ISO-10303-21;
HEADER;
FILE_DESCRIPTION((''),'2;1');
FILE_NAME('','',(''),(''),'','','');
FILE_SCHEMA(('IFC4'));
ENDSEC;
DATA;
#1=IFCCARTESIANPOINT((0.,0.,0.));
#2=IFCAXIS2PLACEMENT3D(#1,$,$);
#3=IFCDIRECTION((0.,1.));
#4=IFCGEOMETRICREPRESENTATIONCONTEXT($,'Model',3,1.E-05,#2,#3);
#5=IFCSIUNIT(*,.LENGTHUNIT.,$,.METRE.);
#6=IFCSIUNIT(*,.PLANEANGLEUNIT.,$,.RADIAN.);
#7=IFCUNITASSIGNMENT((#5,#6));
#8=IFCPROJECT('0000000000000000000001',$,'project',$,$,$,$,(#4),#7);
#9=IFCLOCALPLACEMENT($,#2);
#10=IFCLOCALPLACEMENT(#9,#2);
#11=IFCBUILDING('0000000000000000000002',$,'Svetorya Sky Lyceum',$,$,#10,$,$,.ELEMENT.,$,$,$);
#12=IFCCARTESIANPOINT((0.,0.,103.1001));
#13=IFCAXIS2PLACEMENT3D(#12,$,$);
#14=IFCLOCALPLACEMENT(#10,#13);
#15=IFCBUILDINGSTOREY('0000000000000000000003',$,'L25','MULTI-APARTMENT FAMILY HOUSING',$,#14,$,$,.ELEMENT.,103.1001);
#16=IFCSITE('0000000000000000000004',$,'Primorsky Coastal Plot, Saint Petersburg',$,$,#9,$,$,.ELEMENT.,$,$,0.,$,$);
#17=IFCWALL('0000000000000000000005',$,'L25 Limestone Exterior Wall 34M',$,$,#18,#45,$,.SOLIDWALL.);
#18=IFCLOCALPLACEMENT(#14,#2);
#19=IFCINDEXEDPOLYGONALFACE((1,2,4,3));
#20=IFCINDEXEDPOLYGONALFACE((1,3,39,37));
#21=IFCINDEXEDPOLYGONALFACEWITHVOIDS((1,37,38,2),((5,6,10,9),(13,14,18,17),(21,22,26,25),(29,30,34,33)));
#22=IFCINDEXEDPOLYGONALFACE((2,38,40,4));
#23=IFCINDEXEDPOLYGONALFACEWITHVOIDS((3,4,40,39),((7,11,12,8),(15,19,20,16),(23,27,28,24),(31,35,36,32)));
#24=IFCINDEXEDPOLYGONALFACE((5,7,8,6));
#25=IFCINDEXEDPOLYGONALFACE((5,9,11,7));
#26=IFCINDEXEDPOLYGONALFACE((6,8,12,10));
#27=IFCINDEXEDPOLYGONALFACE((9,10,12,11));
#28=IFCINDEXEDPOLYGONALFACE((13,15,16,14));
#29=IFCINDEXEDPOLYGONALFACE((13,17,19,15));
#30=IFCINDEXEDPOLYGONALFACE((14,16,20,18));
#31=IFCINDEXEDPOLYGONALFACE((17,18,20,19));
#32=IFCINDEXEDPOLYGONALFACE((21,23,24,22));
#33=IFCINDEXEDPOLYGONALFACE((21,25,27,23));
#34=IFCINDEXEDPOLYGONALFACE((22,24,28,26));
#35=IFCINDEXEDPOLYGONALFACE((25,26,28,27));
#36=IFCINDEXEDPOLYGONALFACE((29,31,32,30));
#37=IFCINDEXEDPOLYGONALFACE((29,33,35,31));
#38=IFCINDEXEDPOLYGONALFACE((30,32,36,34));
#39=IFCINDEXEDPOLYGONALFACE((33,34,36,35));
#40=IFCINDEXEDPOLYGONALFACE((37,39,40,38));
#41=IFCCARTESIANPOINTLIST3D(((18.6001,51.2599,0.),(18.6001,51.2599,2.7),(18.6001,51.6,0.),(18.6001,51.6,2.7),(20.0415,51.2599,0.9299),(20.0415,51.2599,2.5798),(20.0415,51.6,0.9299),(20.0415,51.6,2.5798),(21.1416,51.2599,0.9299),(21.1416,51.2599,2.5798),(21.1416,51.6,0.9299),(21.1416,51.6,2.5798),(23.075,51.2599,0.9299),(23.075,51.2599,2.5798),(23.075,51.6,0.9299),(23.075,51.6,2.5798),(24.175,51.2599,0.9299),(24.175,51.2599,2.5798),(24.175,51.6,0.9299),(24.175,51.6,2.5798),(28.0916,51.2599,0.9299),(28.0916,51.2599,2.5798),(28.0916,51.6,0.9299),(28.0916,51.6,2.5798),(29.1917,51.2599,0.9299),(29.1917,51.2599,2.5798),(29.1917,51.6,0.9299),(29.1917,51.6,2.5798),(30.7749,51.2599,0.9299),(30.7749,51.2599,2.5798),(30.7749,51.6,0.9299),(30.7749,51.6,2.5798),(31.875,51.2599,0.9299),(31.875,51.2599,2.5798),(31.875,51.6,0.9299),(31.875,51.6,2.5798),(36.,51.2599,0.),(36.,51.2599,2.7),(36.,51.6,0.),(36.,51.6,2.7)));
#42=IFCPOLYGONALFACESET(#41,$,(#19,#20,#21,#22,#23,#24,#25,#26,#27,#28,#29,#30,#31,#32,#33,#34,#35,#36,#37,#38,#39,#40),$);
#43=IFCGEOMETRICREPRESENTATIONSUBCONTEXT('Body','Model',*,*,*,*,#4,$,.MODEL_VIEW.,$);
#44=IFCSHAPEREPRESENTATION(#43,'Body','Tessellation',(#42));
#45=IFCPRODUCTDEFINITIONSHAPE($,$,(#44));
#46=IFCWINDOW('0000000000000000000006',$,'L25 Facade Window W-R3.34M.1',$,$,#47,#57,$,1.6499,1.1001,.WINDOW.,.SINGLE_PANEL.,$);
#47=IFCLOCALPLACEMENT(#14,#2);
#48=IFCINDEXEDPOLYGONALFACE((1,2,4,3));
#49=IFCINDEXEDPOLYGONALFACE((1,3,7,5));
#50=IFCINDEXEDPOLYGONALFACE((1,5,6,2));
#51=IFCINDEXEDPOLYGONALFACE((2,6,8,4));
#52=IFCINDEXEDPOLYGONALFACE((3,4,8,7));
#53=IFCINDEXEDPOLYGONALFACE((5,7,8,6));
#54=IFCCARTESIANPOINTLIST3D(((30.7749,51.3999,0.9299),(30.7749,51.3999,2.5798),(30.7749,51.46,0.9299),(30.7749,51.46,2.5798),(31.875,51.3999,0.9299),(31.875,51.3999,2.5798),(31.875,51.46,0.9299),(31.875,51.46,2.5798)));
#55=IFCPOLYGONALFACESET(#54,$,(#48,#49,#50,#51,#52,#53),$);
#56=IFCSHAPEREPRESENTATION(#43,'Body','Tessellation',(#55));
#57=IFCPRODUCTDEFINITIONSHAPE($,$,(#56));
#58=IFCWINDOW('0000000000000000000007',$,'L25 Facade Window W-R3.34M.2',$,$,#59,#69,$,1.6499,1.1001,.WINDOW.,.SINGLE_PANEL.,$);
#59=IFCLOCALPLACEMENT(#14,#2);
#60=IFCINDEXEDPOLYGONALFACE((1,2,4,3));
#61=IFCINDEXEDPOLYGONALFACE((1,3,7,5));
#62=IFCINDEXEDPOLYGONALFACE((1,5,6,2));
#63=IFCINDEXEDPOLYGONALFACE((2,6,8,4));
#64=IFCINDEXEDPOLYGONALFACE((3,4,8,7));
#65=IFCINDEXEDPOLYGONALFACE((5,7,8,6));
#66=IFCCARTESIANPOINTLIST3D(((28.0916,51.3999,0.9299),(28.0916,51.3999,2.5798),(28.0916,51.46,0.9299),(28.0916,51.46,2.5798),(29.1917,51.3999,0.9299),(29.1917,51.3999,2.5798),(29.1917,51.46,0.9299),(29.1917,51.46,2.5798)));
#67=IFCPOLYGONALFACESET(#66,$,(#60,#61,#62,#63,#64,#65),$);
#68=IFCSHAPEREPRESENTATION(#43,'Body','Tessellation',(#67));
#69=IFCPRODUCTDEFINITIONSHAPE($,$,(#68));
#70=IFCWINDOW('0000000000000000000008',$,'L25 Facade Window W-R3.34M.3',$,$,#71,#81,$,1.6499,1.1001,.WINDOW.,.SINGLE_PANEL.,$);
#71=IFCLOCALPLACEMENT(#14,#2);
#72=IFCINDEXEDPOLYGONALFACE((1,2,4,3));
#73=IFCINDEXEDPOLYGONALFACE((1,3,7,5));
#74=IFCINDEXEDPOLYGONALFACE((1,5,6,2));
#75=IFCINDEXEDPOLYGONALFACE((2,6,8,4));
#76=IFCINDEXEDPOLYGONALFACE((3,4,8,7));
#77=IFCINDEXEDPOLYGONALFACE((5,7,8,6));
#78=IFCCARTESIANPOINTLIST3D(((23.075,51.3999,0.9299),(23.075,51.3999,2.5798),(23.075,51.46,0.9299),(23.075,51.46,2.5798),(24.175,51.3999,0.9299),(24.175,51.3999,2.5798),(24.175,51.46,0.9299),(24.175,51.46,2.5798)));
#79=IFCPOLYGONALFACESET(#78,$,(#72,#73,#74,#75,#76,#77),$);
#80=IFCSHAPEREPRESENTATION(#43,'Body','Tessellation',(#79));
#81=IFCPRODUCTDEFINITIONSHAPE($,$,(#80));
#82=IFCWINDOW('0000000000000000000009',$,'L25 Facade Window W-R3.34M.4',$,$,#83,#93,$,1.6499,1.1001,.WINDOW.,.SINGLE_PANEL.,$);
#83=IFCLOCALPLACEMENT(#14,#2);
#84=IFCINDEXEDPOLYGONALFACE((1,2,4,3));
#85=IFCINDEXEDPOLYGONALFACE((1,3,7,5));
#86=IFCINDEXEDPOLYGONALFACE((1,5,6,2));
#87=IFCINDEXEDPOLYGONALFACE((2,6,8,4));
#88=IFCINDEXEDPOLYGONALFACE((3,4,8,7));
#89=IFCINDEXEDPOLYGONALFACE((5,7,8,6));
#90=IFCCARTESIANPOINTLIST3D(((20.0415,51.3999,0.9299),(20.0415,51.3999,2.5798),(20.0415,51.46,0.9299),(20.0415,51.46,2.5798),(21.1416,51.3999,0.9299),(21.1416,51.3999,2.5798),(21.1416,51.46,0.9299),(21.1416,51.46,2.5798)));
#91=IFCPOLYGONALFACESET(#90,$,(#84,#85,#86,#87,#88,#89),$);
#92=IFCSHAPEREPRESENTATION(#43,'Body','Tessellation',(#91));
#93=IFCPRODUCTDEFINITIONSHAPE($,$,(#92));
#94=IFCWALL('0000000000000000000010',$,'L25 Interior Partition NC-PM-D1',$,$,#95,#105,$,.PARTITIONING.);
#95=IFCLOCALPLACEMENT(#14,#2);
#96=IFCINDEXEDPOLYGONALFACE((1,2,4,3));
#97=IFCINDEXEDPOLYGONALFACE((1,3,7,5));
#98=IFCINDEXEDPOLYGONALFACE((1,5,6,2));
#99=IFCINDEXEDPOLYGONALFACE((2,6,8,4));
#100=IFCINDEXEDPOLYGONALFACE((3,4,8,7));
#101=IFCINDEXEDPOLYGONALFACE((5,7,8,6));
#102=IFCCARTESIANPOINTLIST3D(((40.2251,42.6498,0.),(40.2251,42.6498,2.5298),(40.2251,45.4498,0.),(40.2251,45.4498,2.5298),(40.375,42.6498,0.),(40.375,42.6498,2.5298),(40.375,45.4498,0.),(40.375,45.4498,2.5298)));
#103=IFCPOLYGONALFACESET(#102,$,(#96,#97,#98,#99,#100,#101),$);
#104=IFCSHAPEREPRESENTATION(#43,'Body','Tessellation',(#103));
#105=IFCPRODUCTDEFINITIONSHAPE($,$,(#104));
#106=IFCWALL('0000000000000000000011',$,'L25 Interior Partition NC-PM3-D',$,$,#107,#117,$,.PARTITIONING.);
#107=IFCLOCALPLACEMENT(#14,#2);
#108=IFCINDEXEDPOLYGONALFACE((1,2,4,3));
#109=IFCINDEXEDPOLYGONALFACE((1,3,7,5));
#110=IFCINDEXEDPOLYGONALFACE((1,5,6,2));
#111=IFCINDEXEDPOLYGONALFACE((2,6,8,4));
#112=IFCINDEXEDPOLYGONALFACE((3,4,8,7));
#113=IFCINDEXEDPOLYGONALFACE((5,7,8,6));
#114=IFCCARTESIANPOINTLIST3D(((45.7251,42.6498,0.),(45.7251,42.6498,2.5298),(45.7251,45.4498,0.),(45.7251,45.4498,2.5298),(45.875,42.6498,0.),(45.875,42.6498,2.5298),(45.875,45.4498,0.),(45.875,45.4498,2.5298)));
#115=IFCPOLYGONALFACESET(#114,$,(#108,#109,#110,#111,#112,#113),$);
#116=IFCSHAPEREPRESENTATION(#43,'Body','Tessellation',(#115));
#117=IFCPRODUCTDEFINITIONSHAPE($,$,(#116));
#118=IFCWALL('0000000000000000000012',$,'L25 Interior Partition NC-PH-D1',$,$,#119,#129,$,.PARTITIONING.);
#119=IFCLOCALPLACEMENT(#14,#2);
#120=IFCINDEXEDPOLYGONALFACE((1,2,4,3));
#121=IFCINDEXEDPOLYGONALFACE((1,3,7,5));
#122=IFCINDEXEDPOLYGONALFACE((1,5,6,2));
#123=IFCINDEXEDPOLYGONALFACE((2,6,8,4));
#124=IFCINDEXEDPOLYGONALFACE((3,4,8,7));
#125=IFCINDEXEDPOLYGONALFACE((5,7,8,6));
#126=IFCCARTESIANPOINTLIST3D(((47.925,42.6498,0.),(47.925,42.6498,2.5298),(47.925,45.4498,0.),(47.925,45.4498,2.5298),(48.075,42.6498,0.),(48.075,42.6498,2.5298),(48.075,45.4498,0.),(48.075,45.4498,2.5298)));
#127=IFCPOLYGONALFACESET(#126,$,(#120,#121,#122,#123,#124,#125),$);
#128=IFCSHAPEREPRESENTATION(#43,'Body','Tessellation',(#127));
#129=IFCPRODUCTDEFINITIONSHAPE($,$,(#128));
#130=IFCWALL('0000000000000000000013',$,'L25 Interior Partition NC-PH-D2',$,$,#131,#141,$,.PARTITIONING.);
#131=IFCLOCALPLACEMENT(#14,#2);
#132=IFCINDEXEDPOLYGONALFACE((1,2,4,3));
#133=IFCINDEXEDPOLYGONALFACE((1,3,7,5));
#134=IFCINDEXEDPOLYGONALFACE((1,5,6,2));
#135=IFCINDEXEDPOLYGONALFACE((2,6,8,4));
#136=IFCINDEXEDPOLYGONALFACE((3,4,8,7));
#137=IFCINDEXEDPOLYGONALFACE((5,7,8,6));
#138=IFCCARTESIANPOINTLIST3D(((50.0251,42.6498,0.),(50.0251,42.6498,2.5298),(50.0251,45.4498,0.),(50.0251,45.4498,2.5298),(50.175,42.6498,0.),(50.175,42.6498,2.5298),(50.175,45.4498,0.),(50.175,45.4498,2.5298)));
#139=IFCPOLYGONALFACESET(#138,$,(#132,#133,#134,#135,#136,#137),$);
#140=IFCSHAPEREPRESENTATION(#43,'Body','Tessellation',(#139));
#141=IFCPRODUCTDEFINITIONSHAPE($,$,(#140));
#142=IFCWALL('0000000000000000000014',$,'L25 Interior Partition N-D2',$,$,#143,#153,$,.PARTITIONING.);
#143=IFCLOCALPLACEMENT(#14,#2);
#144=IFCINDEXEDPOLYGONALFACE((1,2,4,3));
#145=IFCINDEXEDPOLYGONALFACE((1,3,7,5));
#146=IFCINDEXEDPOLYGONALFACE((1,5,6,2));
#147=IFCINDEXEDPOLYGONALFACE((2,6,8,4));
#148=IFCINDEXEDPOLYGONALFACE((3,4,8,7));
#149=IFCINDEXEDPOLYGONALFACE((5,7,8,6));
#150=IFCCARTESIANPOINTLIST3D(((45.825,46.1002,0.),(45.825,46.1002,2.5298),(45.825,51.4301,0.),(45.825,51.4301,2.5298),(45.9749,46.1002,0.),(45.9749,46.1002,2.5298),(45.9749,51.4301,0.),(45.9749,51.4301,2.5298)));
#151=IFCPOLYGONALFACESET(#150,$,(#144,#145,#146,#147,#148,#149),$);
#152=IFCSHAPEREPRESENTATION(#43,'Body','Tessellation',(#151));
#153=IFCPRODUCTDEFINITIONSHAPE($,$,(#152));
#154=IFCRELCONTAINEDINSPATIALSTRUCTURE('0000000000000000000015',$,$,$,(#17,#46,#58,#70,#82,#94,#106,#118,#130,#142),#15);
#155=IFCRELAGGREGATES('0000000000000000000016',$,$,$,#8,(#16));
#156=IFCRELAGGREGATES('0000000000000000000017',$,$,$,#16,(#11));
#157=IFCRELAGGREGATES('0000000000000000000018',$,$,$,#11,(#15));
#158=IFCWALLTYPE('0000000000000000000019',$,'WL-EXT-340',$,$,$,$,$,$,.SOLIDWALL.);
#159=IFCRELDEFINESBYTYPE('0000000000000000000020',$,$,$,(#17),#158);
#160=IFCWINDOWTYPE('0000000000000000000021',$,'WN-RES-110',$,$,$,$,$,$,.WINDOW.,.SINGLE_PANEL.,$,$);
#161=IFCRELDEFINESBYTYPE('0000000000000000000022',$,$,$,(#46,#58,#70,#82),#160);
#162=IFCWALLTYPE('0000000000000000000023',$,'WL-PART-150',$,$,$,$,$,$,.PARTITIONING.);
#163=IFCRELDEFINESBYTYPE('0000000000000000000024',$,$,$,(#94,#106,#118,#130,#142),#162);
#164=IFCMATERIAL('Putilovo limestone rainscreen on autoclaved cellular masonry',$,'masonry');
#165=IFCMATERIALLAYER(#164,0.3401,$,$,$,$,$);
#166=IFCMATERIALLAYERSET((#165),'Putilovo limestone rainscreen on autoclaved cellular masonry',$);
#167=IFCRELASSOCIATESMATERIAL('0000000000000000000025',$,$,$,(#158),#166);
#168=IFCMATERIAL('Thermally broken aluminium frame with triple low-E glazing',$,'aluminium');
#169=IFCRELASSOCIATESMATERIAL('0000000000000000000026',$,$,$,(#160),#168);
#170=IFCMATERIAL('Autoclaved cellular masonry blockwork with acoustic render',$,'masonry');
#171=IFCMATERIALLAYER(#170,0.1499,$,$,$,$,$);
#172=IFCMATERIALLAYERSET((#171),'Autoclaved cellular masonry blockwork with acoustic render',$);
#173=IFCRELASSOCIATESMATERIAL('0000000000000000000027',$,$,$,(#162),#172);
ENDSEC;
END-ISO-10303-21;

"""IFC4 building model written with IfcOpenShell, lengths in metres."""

from ifc_helpers import new_model, si_unit, direction, frame, frame_2d, origin, place, context, subcontext, project, spatial, rectangle, extrude, material, layer, layer_set, type_object, element, fill, save


model = new_model("IFC4")

# Units and contexts
model_context = context("Model", 3, precision=1e-05, world=origin(), true_north=direction((0.0, 1.0)))
body_context = subcontext(model_context, "Body", "Model", "MODEL_VIEW")
ifc_project = project(units=[si_unit("LENGTHUNIT", "METRE"), si_unit("PLANEANGLEUNIT", "RADIAN")], contexts=[model_context])

# Site, building, storey
site_placement = place(None, origin())
site = spatial("IfcSite", under=ifc_project, at=site_placement, Name="Primorsky Coastal Plot, Saint Petersburg", CompositionType="ELEMENT", RefElevation=0.0)
building_placement = place(site_placement, origin())
building = spatial("IfcBuilding", under=site, at=building_placement, Name="Svetorya Sky Lyceum", CompositionType="ELEMENT")
storey_placement = place(building_placement, frame((0.0, 0.0, 103.1001)))
storey = spatial("IfcBuildingStorey", under=building, at=storey_placement, Name="L25", Description="MULTI-APARTMENT FAMILY HOUSING", CompositionType="ELEMENT", Elevation=103.1001)

# Shared definitions
ifc_material_1 = material(Name="Putilovo limestone rainscreen on autoclaved cellular masonry", Category="masonry")
ifc_layer_1 = layer(ifc_material_1, 0.3401)
ifc_layer_set_1 = layer_set([ifc_layer_1], Name="Putilovo limestone rainscreen on autoclaved cellular masonry")
wall_type_1 = type_object("IfcWallType", Name="WL-EXT-340", PredefinedType="SOLIDWALL", material=ifc_layer_set_1)

# Wall, openings, windows
wall_1_placement = place(storey_placement, frame((36.0, 51.4299, 0.0), z_axis=(0.0, 0.0, 1.0), x_axis=(-1.0, 0.0, 0.0)))
wall_1 = element("IfcWall", 1, at=wall_1_placement, inside=storey, type_object=wall_type_1, Name="L25 Limestone Exterior Wall 34M", PredefinedType="SOLIDWALL", context=body_context, shape_type="SweptSolid", body=[
    extrude(rectangle(XDim=17.3999, YDim=0.3401, at=frame_2d((8.7, 0.0))), origin(), (0.0, 0.0, 1.0), 2.7),
])
opening_1_placement = place(wall_1_placement, frame((4.125, 0.0, 0.9299)))
opening_1 = element("IfcOpeningElement", 2, at=opening_1_placement, cuts=wall_1, PredefinedType="OPENING", context=body_context, shape_type="SweptSolid", body=[
    extrude(rectangle(XDim=1.1001, YDim=1.6499, at=frame_2d((0.55, 0.825))), frame((0.0, 0.1799, 0.0), z_axis=(0.0, -1.0, 0.0), x_axis=(1.0, 0.0, 0.0)), (0.0, 0.0, 1.0), 0.3601),
])
opening_2_placement = place(wall_1_placement, frame((6.8083, 0.0, 0.9299)))
opening_2 = element("IfcOpeningElement", 3, at=opening_2_placement, cuts=wall_1, PredefinedType="OPENING", context=body_context, shape_type="SweptSolid", body=[
    extrude(rectangle(XDim=1.1001, YDim=1.6499, at=frame_2d((0.55, 0.825))), frame((0.0, 0.1799, 0.0), z_axis=(0.0, -1.0, 0.0), x_axis=(1.0, 0.0, 0.0)), (0.0, 0.0, 1.0), 0.3601),
])
opening_3_placement = place(wall_1_placement, frame((11.825, 0.0, 0.9299)))
opening_3 = element("IfcOpeningElement", 4, at=opening_3_placement, cuts=wall_1, PredefinedType="OPENING", context=body_context, shape_type="SweptSolid", body=[
    extrude(rectangle(XDim=1.1001, YDim=1.6499, at=frame_2d((0.55, 0.825))), frame((0.0, 0.1799, 0.0), z_axis=(0.0, -1.0, 0.0), x_axis=(1.0, 0.0, 0.0)), (0.0, 0.0, 1.0), 0.3601),
])
opening_4_placement = place(wall_1_placement, frame((14.8584, 0.0, 0.9299)))
opening_4 = element("IfcOpeningElement", 5, at=opening_4_placement, cuts=wall_1, PredefinedType="OPENING", context=body_context, shape_type="SweptSolid", body=[
    extrude(rectangle(XDim=1.1001, YDim=1.6499, at=frame_2d((0.55, 0.825))), frame((0.0, 0.1799, 0.0), z_axis=(0.0, -1.0, 0.0), x_axis=(1.0, 0.0, 0.0)), (0.0, 0.0, 1.0), 0.3601),
])
ifc_material_2 = material(Name="Thermally broken aluminium frame with triple low-E glazing", Category="aluminium")
window_type = type_object("IfcWindowType", Name="WN-RES-110", PartitioningType="SINGLE_PANEL", PredefinedType="WINDOW", material=ifc_material_2)
window_1_placement = place(opening_1_placement, origin())
window_1 = element("IfcWindow", 6, at=window_1_placement, inside=storey, type_object=window_type, Name="L25 Facade Window W-R3.34M.1", OverallHeight=1.6499, OverallWidth=1.1001, PartitioningType="SINGLE_PANEL", PredefinedType="WINDOW", context=body_context, shape_type="SweptSolid", body=[
    extrude(rectangle(XDim=1.1001, YDim=1.6499, at=frame_2d((0.55, 0.825))), frame((0.0, 0.03, 0.0), z_axis=(0.0, -1.0, 0.0), x_axis=(1.0, 0.0, 0.0)), (0.0, 0.0, 1.0), 0.0601),
])
fill(opening_1, window_1)
window_2_placement = place(opening_2_placement, origin())
window_2 = element("IfcWindow", 7, at=window_2_placement, inside=storey, type_object=window_type, Name="L25 Facade Window W-R3.34M.2", OverallHeight=1.6499, OverallWidth=1.1001, PartitioningType="SINGLE_PANEL", PredefinedType="WINDOW", context=body_context, shape_type="SweptSolid", body=[
    extrude(rectangle(XDim=1.1001, YDim=1.6499, at=frame_2d((0.55, 0.825))), frame((0.0, 0.03, 0.0), z_axis=(0.0, -1.0, 0.0), x_axis=(1.0, 0.0, 0.0)), (0.0, 0.0, 1.0), 0.0601),
])
fill(opening_2, window_2)
window_3_placement = place(opening_3_placement, origin())
window_3 = element("IfcWindow", 8, at=window_3_placement, inside=storey, type_object=window_type, Name="L25 Facade Window W-R3.34M.3", OverallHeight=1.6499, OverallWidth=1.1001, PartitioningType="SINGLE_PANEL", PredefinedType="WINDOW", context=body_context, shape_type="SweptSolid", body=[
    extrude(rectangle(XDim=1.1001, YDim=1.6499, at=frame_2d((0.55, 0.825))), frame((0.0, 0.03, 0.0), z_axis=(0.0, -1.0, 0.0), x_axis=(1.0, 0.0, 0.0)), (0.0, 0.0, 1.0), 0.0601),
])
fill(opening_3, window_3)
window_4_placement = place(opening_4_placement, origin())
window_4 = element("IfcWindow", 9, at=window_4_placement, inside=storey, type_object=window_type, Name="L25 Facade Window W-R3.34M.4", OverallHeight=1.6499, OverallWidth=1.1001, PartitioningType="SINGLE_PANEL", PredefinedType="WINDOW", context=body_context, shape_type="SweptSolid", body=[
    extrude(rectangle(XDim=1.1001, YDim=1.6499, at=frame_2d((0.55, 0.825))), frame((0.0, 0.03, 0.0), z_axis=(0.0, -1.0, 0.0), x_axis=(1.0, 0.0, 0.0)), (0.0, 0.0, 1.0), 0.0601),
])
fill(opening_4, window_4)

# Walls
ifc_material_3 = material(Name="Autoclaved cellular masonry blockwork with acoustic render", Category="masonry")
ifc_layer_2 = layer(ifc_material_3, 0.1499)
ifc_layer_set_2 = layer_set([ifc_layer_2], Name="Autoclaved cellular masonry blockwork with acoustic render")
wall_type_2 = type_object("IfcWallType", Name="WL-PART-150", PredefinedType="PARTITIONING", material=ifc_layer_set_2)
for number, where, z_axis, x_axis, name in (
    (10, (40.3, 42.6499, 0.0), (0.0, 0.0, 1.0), (0.0, 1.0, 0.0), "L25 Interior Partition NC-PM-D1"),
    (11, (45.8, 42.6499, 0.0), (0.0, 0.0, 1.0), (0.0, 1.0, 0.0), "L25 Interior Partition NC-PM3-D"),
    (12, (48.0, 42.6499, 0.0), (0.0, 0.0, 1.0), (0.0, 1.0, 0.0), "L25 Interior Partition NC-PH-D1"),
    (13, (50.1001, 42.6499, 0.0), (0.0, 0.0, 1.0), (0.0, 1.0, 0.0), "L25 Interior Partition NC-PH-D2"),
):
    element("IfcWall", number, at=place(storey_placement, frame(where, z_axis=z_axis, x_axis=x_axis)), inside=storey, type_object=wall_type_2, Name=name, PredefinedType="PARTITIONING", context=body_context, shape_type="SweptSolid", body=[
        extrude(rectangle(XDim=2.8, YDim=0.1499, at=frame_2d((1.3999, 0.0))), origin(), (0.0, 0.0, 1.0), 2.5298),
    ])
wall_2_placement = place(storey_placement, frame((45.8999, 46.1001, 0.0), z_axis=(0.0, 0.0, 1.0), x_axis=(0.0, 1.0, 0.0)))
element("IfcWall", 14, at=wall_2_placement, inside=storey, type_object=wall_type_2, Name="L25 Interior Partition N-D2", PredefinedType="PARTITIONING", context=body_context, shape_type="SweptSolid", body=[
    extrude(rectangle(XDim=5.3298, YDim=0.1499, at=frame_2d((2.665, 0.0))), origin(), (0.0, 0.0, 1.0), 2.5298),
])

save(model, "model.ifc")
